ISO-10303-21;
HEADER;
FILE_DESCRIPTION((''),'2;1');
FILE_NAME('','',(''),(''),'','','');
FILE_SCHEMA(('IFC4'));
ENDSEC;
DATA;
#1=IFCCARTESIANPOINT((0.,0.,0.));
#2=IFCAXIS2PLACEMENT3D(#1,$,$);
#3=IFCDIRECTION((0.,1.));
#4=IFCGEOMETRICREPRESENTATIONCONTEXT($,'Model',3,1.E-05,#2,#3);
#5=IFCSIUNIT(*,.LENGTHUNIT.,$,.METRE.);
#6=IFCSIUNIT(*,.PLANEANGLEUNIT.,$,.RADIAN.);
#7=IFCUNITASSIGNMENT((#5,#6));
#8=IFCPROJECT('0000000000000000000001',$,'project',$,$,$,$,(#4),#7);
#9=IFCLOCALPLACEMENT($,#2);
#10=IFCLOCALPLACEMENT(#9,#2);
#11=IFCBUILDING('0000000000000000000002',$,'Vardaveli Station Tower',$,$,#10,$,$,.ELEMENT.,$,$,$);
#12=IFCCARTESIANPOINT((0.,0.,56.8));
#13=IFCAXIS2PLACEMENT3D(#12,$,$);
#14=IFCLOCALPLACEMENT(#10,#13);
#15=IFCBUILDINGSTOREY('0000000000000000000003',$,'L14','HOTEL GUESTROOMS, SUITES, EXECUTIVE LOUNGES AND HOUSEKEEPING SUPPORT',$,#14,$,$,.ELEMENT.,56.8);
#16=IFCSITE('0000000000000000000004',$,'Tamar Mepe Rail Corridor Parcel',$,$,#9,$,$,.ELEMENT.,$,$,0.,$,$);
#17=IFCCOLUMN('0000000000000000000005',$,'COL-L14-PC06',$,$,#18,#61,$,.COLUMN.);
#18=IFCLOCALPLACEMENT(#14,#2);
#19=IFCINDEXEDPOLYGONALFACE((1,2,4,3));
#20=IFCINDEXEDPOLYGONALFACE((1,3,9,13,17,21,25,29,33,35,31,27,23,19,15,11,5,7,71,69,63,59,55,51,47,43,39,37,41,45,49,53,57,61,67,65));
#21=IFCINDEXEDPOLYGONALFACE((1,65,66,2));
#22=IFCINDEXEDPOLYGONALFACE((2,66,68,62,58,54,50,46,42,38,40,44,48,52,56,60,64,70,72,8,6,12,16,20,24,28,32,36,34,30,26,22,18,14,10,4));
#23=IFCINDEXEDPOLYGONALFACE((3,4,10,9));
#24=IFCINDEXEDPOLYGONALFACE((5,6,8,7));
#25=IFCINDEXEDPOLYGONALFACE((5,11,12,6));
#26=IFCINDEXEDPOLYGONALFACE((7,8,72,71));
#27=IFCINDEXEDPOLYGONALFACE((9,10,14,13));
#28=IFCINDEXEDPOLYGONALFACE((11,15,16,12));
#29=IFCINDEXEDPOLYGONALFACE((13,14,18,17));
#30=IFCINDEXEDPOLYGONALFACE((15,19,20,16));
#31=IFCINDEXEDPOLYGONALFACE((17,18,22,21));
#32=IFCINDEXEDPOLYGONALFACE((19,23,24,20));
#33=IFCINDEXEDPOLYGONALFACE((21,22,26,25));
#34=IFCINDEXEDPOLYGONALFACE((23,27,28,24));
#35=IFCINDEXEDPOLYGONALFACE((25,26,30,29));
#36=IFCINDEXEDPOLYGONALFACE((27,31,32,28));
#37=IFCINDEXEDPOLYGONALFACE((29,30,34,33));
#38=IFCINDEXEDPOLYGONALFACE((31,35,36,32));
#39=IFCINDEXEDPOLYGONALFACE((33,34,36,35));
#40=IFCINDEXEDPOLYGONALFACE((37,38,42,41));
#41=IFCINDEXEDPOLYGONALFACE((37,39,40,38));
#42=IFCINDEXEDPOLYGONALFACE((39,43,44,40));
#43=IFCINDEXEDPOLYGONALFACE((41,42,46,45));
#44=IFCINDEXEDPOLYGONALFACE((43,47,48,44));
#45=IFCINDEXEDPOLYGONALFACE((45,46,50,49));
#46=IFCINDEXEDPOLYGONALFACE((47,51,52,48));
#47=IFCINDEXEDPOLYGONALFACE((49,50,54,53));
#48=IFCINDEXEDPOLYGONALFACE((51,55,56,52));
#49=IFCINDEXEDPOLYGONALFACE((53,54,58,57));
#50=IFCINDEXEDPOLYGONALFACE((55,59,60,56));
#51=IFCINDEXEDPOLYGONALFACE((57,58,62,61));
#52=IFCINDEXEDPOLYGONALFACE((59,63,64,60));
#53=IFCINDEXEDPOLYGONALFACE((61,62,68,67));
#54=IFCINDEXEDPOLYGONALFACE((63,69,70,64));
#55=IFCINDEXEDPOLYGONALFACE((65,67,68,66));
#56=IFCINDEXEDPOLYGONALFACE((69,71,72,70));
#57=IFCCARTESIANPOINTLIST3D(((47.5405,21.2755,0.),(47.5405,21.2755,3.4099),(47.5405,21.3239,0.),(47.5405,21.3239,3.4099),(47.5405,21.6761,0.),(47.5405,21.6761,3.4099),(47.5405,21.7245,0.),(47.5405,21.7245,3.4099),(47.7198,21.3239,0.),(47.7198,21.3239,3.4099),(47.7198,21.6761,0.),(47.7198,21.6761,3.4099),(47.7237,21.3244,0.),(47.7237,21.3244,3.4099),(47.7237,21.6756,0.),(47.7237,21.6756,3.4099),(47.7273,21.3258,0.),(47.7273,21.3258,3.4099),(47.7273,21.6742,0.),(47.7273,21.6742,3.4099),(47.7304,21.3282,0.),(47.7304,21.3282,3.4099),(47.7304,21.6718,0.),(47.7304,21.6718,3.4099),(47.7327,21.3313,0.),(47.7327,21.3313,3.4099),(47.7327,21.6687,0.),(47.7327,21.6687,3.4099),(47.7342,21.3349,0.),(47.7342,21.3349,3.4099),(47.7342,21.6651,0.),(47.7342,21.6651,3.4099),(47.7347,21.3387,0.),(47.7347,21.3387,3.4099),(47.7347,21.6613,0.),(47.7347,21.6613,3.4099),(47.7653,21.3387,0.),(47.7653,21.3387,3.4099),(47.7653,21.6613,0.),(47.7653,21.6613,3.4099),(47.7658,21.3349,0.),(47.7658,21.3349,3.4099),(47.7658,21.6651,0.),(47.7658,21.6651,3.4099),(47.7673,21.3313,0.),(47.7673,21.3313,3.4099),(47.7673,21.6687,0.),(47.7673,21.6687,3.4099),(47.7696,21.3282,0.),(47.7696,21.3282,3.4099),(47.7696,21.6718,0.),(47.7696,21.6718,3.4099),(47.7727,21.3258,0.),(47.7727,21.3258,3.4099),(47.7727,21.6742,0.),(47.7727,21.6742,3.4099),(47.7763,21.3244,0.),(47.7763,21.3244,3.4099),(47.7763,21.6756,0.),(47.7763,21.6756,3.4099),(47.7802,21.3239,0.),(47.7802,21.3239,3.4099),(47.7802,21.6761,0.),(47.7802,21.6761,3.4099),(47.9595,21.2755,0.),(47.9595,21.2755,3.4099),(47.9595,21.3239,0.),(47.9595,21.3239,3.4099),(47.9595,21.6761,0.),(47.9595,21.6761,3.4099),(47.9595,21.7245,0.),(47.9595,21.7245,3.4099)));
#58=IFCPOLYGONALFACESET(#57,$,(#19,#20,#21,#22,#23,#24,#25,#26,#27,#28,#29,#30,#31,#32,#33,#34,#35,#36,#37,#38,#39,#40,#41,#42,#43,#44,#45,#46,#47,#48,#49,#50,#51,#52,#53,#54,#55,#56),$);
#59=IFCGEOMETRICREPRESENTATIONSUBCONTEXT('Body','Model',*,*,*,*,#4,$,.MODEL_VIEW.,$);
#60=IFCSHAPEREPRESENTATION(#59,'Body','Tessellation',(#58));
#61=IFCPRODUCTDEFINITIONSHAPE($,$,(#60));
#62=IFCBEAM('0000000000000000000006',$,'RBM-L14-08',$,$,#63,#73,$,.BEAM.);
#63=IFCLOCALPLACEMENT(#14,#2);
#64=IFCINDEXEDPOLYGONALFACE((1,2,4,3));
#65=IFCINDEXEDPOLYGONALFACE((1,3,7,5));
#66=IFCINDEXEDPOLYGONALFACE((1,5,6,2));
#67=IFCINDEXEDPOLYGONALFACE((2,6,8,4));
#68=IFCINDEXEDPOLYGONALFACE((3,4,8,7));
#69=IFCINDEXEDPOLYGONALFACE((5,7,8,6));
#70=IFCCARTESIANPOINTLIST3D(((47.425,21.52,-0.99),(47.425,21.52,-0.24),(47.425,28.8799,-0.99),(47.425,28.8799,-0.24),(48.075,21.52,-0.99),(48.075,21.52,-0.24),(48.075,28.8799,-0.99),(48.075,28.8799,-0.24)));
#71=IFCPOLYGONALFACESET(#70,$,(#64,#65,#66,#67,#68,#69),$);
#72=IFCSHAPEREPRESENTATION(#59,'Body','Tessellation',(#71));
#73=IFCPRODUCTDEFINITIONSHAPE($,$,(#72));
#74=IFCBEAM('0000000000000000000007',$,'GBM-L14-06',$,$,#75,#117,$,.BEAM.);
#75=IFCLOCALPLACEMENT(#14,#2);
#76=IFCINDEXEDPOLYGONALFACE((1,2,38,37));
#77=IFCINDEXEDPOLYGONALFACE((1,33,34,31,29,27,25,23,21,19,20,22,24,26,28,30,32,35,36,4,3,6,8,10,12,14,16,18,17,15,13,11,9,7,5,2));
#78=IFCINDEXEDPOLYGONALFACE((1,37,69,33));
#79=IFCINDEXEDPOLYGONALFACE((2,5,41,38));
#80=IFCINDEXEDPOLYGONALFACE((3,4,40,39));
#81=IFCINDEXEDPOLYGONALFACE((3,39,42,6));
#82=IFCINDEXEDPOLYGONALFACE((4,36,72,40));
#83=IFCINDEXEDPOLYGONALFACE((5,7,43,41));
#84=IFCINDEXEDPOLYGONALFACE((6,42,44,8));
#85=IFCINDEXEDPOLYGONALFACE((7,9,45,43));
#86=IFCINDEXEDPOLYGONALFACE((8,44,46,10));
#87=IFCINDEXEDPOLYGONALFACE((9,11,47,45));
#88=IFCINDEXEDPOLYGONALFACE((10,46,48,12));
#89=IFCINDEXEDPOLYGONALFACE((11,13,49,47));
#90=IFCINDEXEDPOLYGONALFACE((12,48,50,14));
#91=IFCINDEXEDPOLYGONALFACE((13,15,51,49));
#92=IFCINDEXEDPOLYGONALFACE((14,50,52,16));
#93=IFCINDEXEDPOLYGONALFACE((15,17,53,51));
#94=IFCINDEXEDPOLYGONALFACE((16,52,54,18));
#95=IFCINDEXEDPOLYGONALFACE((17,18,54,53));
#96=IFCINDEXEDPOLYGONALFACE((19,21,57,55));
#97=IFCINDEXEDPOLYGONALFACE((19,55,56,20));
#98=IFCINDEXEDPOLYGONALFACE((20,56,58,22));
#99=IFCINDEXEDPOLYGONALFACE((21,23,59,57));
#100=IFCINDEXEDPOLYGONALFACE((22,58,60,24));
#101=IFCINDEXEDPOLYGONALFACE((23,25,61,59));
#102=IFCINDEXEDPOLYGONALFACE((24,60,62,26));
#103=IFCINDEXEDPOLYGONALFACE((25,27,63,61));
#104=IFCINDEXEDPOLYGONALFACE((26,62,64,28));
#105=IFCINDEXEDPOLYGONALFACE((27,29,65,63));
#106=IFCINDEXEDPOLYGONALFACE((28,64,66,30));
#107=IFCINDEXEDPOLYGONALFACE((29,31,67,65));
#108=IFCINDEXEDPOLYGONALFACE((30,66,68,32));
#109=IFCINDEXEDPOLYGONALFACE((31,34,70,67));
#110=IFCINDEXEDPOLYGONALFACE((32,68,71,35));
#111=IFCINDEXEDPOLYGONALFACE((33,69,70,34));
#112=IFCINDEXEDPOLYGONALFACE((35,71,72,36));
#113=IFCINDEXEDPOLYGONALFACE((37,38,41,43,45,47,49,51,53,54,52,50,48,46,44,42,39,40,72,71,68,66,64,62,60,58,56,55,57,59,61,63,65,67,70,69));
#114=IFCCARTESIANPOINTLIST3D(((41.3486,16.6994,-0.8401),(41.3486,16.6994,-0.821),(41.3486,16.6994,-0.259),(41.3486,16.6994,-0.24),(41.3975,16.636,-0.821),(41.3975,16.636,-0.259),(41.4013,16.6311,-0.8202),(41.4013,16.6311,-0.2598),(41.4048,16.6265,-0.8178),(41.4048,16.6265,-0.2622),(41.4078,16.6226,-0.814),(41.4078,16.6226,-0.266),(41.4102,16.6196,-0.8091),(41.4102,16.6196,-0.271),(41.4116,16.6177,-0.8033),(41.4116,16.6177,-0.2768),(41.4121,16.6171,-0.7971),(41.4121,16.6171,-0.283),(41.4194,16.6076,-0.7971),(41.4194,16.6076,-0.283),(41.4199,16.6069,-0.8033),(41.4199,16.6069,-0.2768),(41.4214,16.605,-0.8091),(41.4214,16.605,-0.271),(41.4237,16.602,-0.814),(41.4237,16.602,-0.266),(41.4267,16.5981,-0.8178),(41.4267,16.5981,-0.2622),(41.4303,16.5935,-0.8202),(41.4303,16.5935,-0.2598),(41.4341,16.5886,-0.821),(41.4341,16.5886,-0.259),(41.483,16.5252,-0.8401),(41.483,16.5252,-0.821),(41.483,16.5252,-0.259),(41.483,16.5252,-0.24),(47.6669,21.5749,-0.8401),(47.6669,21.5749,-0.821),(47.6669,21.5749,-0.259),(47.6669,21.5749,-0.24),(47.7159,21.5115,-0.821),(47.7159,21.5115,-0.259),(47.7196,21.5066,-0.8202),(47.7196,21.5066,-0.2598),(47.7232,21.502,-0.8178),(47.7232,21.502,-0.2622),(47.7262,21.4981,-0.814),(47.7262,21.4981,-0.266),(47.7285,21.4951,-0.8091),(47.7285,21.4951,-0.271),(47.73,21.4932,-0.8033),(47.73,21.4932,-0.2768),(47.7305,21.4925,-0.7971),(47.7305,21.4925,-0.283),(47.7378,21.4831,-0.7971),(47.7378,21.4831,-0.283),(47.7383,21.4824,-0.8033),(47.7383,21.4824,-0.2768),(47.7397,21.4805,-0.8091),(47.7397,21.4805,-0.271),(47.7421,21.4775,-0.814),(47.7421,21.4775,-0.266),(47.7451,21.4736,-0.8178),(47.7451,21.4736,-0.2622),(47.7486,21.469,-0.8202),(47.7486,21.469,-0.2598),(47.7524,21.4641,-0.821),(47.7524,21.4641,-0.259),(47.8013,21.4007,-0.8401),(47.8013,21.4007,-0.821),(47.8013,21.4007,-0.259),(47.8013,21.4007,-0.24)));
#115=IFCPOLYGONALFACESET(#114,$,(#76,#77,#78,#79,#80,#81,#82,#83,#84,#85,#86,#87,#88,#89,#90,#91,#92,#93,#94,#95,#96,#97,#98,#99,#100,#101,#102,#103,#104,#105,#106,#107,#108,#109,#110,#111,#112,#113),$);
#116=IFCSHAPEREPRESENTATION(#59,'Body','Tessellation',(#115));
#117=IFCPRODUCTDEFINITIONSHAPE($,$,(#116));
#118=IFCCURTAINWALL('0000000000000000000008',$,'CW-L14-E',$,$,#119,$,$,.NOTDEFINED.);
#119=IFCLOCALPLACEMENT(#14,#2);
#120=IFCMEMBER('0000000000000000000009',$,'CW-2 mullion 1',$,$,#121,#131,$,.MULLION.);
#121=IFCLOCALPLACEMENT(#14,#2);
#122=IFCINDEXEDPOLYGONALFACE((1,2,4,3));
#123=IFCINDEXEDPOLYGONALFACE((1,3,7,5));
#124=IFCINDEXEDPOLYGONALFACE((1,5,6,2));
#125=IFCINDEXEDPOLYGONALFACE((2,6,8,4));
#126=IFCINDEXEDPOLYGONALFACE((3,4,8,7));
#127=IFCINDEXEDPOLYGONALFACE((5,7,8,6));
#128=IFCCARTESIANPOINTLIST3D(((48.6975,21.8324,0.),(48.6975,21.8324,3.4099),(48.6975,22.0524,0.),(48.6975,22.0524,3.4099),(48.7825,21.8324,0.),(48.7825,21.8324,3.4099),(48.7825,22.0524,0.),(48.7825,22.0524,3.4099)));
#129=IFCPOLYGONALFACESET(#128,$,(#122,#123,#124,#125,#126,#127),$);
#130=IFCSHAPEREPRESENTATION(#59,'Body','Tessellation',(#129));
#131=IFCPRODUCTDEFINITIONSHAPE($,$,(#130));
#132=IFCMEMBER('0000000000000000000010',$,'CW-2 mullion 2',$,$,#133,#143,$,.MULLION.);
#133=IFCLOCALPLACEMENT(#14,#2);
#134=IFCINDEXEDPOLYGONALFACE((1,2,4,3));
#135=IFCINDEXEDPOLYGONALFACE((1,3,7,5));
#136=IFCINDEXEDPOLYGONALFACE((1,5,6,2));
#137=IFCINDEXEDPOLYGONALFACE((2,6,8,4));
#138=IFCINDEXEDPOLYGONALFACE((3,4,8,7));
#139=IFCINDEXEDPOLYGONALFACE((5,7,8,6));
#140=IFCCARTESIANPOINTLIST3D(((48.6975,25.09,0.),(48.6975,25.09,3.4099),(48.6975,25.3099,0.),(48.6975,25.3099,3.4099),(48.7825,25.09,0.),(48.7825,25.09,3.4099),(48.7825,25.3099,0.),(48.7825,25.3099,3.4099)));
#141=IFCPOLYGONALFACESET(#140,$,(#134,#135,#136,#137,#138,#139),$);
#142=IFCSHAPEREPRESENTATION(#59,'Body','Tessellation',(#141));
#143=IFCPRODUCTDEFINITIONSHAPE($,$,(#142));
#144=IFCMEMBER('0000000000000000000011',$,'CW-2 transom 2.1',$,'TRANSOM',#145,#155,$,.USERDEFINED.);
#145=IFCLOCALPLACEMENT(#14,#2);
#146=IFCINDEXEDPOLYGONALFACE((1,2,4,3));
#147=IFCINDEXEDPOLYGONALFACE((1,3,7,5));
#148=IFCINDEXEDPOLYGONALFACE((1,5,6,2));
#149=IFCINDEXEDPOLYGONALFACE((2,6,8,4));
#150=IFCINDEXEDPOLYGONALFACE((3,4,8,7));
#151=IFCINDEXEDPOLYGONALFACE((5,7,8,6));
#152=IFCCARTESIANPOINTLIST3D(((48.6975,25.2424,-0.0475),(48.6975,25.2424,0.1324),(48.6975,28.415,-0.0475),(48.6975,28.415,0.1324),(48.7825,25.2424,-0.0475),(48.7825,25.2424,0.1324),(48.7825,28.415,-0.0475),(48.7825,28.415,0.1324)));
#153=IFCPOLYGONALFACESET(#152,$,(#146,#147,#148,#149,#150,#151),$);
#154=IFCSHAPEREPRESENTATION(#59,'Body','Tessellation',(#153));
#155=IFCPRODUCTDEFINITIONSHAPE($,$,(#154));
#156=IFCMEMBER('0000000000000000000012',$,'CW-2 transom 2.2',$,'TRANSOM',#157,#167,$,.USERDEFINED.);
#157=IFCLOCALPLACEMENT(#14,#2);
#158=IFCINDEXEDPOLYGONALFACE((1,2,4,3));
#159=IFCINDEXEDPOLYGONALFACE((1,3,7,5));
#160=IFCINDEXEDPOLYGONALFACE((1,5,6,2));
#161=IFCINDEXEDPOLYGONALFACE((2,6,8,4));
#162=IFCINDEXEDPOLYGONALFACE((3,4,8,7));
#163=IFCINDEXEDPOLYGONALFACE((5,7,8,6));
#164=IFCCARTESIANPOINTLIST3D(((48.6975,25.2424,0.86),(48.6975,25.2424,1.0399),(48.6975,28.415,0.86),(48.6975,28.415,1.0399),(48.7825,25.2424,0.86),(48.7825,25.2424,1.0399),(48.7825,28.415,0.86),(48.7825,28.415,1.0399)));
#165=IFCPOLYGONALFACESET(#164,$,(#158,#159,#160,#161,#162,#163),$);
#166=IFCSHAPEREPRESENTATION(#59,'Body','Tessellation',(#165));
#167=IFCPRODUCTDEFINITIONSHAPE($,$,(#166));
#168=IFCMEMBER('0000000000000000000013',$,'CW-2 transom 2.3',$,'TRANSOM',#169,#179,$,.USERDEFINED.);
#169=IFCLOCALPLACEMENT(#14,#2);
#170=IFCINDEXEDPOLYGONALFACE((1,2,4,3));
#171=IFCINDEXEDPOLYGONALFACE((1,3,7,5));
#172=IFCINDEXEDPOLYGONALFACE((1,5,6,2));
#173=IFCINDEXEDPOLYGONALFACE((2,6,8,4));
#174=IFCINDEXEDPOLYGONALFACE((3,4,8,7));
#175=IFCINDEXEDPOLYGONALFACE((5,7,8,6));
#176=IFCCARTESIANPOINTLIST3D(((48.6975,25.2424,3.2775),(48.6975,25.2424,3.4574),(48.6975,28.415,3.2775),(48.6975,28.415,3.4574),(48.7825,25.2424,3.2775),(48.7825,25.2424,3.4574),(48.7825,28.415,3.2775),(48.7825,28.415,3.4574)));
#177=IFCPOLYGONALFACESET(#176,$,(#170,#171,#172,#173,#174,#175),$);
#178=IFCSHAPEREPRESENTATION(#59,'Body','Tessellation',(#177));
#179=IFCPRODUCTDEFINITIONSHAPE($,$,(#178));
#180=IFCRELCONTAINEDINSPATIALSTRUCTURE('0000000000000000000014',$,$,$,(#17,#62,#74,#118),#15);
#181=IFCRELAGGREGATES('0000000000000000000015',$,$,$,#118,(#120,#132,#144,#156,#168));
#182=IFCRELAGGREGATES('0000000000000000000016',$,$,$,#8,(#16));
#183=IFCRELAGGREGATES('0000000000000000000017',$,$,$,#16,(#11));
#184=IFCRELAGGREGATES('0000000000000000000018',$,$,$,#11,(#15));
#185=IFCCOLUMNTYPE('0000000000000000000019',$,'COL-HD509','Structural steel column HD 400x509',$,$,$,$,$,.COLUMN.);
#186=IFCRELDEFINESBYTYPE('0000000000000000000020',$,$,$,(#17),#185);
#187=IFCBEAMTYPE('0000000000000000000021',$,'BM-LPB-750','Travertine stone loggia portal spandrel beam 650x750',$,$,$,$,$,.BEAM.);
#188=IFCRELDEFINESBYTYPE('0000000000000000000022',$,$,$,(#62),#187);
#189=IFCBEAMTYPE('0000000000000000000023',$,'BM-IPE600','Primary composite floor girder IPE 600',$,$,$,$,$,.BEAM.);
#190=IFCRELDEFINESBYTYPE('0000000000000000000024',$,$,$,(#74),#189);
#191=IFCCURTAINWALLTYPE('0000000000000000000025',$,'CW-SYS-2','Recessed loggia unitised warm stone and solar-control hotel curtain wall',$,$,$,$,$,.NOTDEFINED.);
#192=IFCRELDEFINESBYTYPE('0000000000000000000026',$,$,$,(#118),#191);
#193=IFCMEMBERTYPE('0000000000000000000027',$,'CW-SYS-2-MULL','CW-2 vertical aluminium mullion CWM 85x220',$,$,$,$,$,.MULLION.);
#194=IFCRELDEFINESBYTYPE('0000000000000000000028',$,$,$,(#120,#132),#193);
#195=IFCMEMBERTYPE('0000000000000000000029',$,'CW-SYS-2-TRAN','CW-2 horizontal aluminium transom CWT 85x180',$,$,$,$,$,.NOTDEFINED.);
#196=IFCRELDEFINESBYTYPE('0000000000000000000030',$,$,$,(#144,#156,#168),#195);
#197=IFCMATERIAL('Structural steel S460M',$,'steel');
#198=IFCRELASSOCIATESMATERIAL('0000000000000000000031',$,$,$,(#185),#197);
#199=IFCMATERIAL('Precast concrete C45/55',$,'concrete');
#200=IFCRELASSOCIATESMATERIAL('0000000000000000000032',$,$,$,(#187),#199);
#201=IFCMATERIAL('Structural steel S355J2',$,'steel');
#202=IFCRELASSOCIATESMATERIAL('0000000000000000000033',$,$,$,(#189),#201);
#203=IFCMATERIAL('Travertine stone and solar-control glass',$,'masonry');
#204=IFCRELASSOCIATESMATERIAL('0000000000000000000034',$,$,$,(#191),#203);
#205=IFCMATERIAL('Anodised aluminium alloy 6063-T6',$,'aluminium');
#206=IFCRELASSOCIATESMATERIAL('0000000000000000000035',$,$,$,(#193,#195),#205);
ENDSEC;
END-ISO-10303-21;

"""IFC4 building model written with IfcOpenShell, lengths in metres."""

from ifc_helpers import new_model, si_unit, direction, frame, origin, origin_2d, place, context, subcontext, project, spatial, rectangle, i_section, extrude, source, transform, mapped, material, material_profile, profile_set, type_object, element, aggregate, save


model = new_model("IFC4")

# Units and contexts
model_context = context("Model", 3, precision=1e-05, world=origin(), true_north=direction((0.0, 1.0)))
body_context = subcontext(model_context, "Body", "Model", "MODEL_VIEW")
ifc_project = project(units=[si_unit("LENGTHUNIT", "METRE"), si_unit("PLANEANGLEUNIT", "RADIAN")], contexts=[model_context])

# Site, building, storey
site_placement = place(None, origin())
site = spatial("IfcSite", under=ifc_project, at=site_placement, Name="Tamar Mepe Rail Corridor Parcel", CompositionType="ELEMENT", RefElevation=0.0)
building_placement = place(site_placement, origin())
building = spatial("IfcBuilding", under=site, at=building_placement, Name="Vardaveli Station Tower", CompositionType="ELEMENT")
storey_placement = place(building_placement, frame((0.0, 0.0, 56.8)))
storey = spatial("IfcBuildingStorey", under=building, at=storey_placement, Name="L14", Description="HOTEL GUESTROOMS, SUITES, EXECUTIVE LOUNGES AND HOUSEKEEPING SUPPORT", CompositionType="ELEMENT", Elevation=56.8)

# Column
ifc_material_1 = material(Name="Structural steel S460M", Category="steel")
ifc_material_profile_1 = material_profile(ifc_material_1, i_section(OverallWidth=0.4189, OverallDepth=0.449, WebThickness=0.0305, FlangeThickness=0.0483, FilletRadius=0.0149, at=origin_2d()), Name="HD 400x509")
ifc_profile_set_1 = profile_set([ifc_material_profile_1], Name="Structural steel S460M")
column_type = type_object("IfcColumnType", Name="COL-HD509", Description="Structural steel column HD 400x509", PredefinedType="COLUMN", material=ifc_profile_set_1)
shared_shape_1 = source(origin(), body_context, "Body", "SweptSolid", [
    extrude(i_section(OverallWidth=0.4189, OverallDepth=0.449, WebThickness=0.0305, FlangeThickness=0.0483, FilletRadius=0.0149, at=origin_2d()), origin(), (0.0, 0.0, 1.0), 3.4099),
])
column_placement = place(storey_placement, frame((47.75, 21.5, 0.0), z_axis=(0.0, 0.0, 1.0), x_axis=(1.0, 0.0, 0.0)))
element("IfcColumn", 1, at=column_placement, inside=storey, type_object=column_type, Name="COL-L14-PC06", PredefinedType="COLUMN", context=body_context, shape_type="MappedRepresentation", body=[
    mapped(shared_shape_1, transform((0.0, 0.0, 0.0), scale=1.0)),
])

# Beams
ifc_material_2 = material(Name="Precast concrete C45/55", Category="concrete")
ifc_material_profile_2 = material_profile(ifc_material_2, rectangle(XDim=0.6499, YDim=0.75, at=origin_2d()), Name="LPB 650x750")
ifc_profile_set_2 = profile_set([ifc_material_profile_2], Name="Precast concrete C45/55")
beam_type_1 = type_object("IfcBeamType", Name="BM-LPB-750", Description="Travertine stone loggia portal spandrel beam 650x750", PredefinedType="BEAM", material=ifc_profile_set_2)
shared_shape_2 = source(origin(), body_context, "Body", "SweptSolid", [
    extrude(rectangle(XDim=0.6499, YDim=0.75, at=origin_2d()), origin(), (0.0, 0.0, 1.0), 7.3599),
])
beam_1_placement = place(storey_placement, frame((47.75, 21.52, -0.615), z_axis=(0.0, 1.0, 0.0), x_axis=(-1.0, 0.0, 0.0)))
element("IfcBeam", 2, at=beam_1_placement, inside=storey, type_object=beam_type_1, Name="RBM-L14-08", PredefinedType="BEAM", context=body_context, shape_type="MappedRepresentation", body=[
    mapped(shared_shape_2, transform((0.0, 0.0, 0.0), scale=1.0)),
])
ifc_material_3 = material(Name="Structural steel S355J2", Category="steel")
ifc_material_profile_3 = material_profile(ifc_material_3, i_section(OverallWidth=0.22, OverallDepth=0.6001, WebThickness=0.012, FlangeThickness=0.019, FilletRadius=0.0239, at=origin_2d()), Name="IPE 600")
ifc_profile_set_3 = profile_set([ifc_material_profile_3], Name="Structural steel S355J2")
beam_type_2 = type_object("IfcBeamType", Name="BM-IPE600", Description="Primary composite floor girder IPE 600", PredefinedType="BEAM", material=ifc_profile_set_3)
shared_shape_3 = source(origin(), body_context, "Body", "SweptSolid", [
    extrude(i_section(OverallWidth=0.22, OverallDepth=0.6001, WebThickness=0.012, FlangeThickness=0.019, FilletRadius=0.0239, at=origin_2d()), origin(), (0.0, 0.0, 1.0), 7.9807),
])
beam_2_placement = place(storey_placement, frame((47.7341, 21.4878, -0.54), z_axis=(-0.791702, -0.610908, 0.0), x_axis=(0.610908, -0.791702, 0.0)))
element("IfcBeam", 3, at=beam_2_placement, inside=storey, type_object=beam_type_2, Name="GBM-L14-06", PredefinedType="BEAM", context=body_context, shape_type="MappedRepresentation", body=[
    mapped(shared_shape_3, transform((0.0, 0.0, 0.0), scale=1.0)),
])

# Curtain wall, members
ifc_material_4 = material(Name="Travertine stone and solar-control glass", Category="masonry")
curtain_wall_type = type_object("IfcCurtainWallType", Name="CW-SYS-2", Description="Recessed loggia unitised warm stone and solar-control hotel curtain wall", PredefinedType="NOTDEFINED", material=ifc_material_4)
curtain_wall_placement = place(storey_placement, origin())
curtain_wall = element("IfcCurtainWall", 4, at=curtain_wall_placement, inside=storey, type_object=curtain_wall_type, Name="CW-L14-E", PredefinedType="NOTDEFINED")
ifc_material_5 = material(Name="Anodised aluminium alloy 6063-T6", Category="aluminium")
ifc_material_profile_4 = material_profile(ifc_material_5, rectangle(XDim=0.085, YDim=0.22, at=origin_2d()), Name="CWM 85x220")
ifc_profile_set_4 = profile_set([ifc_material_profile_4], Name="Anodised aluminium alloy 6063-T6")
member_type_1 = type_object("IfcMemberType", Name="CW-SYS-2-MULL", Description="CW-2 vertical aluminium mullion CWM 85x220", PredefinedType="MULLION", material=ifc_profile_set_4)
shared_shape_4 = source(origin(), body_context, "Body", "SweptSolid", [
    extrude(rectangle(XDim=0.085, YDim=0.22, at=origin_2d()), origin(), (0.0, 0.0, 1.0), 3.4099),
])
member_1_placement = place(storey_placement, frame((48.74, 21.9424, 0.0), z_axis=(0.0, 0.0, 1.0), x_axis=(-1.0, 0.0, 0.0)))
member_1 = element("IfcMember", 5, at=member_1_placement, type_object=member_type_1, Name="CW-2 mullion 1", PredefinedType="MULLION", context=body_context, shape_type="MappedRepresentation", body=[
    mapped(shared_shape_4, transform((0.0, 0.0, 0.0), scale=1.0)),
])
member_2_placement = place(storey_placement, frame((48.74, 25.2, 0.0), z_axis=(0.0, 0.0, 1.0), x_axis=(-1.0, 0.0, 0.0)))
member_2 = element("IfcMember", 6, at=member_2_placement, type_object=member_type_1, Name="CW-2 mullion 2", PredefinedType="MULLION", context=body_context, shape_type="MappedRepresentation", body=[
    mapped(shared_shape_4, transform((0.0, 0.0, 0.0), scale=1.0)),
])
ifc_material_profile_5 = material_profile(ifc_material_5, rectangle(XDim=0.085, YDim=0.1799, at=origin_2d()), Name="CWT 85x180")
ifc_profile_set_5 = profile_set([ifc_material_profile_5], Name="Anodised aluminium alloy 6063-T6")
member_type_2 = type_object("IfcMemberType", Name="CW-SYS-2-TRAN", Description="CW-2 horizontal aluminium transom CWT 85x180", PredefinedType="NOTDEFINED", material=ifc_profile_set_5)
shared_shape_5 = source(origin(), body_context, "Body", "SweptSolid", [
    extrude(rectangle(XDim=0.085, YDim=0.1799, at=origin_2d()), origin(), (0.0, 0.0, 1.0), 3.1726),
])
member_3_placement = place(storey_placement, frame((48.74, 25.2424, 0.0425), z_axis=(0.0, 1.0, 0.0), x_axis=(-1.0, 0.0, 0.0)))
member_3 = element("IfcMember", 7, at=member_3_placement, type_object=member_type_2, Name="CW-2 transom 2.1", ObjectType="TRANSOM", PredefinedType="USERDEFINED", context=body_context, shape_type="MappedRepresentation", body=[
    mapped(shared_shape_5, transform((0.0, 0.0, 0.0), scale=1.0)),
])
member_4_placement = place(storey_placement, frame((48.74, 25.2424, 0.95), z_axis=(0.0, 1.0, 0.0), x_axis=(-1.0, 0.0, 0.0)))
member_4 = element("IfcMember", 8, at=member_4_placement, type_object=member_type_2, Name="CW-2 transom 2.2", ObjectType="TRANSOM", PredefinedType="USERDEFINED", context=body_context, shape_type="MappedRepresentation", body=[
    mapped(shared_shape_5, transform((0.0, 0.0, 0.0), scale=1.0)),
])
member_5_placement = place(storey_placement, frame((48.74, 25.2424, 3.3674), z_axis=(0.0, 1.0, 0.0), x_axis=(-1.0, 0.0, 0.0)))
member_5 = element("IfcMember", 9, at=member_5_placement, type_object=member_type_2, Name="CW-2 transom 2.3", ObjectType="TRANSOM", PredefinedType="USERDEFINED", context=body_context, shape_type="MappedRepresentation", body=[
    mapped(shared_shape_5, transform((0.0, 0.0, 0.0), scale=1.0)),
])
aggregate(curtain_wall, [member_1, member_2, member_3, member_4, member_5])

save(model, "model.ifc")
